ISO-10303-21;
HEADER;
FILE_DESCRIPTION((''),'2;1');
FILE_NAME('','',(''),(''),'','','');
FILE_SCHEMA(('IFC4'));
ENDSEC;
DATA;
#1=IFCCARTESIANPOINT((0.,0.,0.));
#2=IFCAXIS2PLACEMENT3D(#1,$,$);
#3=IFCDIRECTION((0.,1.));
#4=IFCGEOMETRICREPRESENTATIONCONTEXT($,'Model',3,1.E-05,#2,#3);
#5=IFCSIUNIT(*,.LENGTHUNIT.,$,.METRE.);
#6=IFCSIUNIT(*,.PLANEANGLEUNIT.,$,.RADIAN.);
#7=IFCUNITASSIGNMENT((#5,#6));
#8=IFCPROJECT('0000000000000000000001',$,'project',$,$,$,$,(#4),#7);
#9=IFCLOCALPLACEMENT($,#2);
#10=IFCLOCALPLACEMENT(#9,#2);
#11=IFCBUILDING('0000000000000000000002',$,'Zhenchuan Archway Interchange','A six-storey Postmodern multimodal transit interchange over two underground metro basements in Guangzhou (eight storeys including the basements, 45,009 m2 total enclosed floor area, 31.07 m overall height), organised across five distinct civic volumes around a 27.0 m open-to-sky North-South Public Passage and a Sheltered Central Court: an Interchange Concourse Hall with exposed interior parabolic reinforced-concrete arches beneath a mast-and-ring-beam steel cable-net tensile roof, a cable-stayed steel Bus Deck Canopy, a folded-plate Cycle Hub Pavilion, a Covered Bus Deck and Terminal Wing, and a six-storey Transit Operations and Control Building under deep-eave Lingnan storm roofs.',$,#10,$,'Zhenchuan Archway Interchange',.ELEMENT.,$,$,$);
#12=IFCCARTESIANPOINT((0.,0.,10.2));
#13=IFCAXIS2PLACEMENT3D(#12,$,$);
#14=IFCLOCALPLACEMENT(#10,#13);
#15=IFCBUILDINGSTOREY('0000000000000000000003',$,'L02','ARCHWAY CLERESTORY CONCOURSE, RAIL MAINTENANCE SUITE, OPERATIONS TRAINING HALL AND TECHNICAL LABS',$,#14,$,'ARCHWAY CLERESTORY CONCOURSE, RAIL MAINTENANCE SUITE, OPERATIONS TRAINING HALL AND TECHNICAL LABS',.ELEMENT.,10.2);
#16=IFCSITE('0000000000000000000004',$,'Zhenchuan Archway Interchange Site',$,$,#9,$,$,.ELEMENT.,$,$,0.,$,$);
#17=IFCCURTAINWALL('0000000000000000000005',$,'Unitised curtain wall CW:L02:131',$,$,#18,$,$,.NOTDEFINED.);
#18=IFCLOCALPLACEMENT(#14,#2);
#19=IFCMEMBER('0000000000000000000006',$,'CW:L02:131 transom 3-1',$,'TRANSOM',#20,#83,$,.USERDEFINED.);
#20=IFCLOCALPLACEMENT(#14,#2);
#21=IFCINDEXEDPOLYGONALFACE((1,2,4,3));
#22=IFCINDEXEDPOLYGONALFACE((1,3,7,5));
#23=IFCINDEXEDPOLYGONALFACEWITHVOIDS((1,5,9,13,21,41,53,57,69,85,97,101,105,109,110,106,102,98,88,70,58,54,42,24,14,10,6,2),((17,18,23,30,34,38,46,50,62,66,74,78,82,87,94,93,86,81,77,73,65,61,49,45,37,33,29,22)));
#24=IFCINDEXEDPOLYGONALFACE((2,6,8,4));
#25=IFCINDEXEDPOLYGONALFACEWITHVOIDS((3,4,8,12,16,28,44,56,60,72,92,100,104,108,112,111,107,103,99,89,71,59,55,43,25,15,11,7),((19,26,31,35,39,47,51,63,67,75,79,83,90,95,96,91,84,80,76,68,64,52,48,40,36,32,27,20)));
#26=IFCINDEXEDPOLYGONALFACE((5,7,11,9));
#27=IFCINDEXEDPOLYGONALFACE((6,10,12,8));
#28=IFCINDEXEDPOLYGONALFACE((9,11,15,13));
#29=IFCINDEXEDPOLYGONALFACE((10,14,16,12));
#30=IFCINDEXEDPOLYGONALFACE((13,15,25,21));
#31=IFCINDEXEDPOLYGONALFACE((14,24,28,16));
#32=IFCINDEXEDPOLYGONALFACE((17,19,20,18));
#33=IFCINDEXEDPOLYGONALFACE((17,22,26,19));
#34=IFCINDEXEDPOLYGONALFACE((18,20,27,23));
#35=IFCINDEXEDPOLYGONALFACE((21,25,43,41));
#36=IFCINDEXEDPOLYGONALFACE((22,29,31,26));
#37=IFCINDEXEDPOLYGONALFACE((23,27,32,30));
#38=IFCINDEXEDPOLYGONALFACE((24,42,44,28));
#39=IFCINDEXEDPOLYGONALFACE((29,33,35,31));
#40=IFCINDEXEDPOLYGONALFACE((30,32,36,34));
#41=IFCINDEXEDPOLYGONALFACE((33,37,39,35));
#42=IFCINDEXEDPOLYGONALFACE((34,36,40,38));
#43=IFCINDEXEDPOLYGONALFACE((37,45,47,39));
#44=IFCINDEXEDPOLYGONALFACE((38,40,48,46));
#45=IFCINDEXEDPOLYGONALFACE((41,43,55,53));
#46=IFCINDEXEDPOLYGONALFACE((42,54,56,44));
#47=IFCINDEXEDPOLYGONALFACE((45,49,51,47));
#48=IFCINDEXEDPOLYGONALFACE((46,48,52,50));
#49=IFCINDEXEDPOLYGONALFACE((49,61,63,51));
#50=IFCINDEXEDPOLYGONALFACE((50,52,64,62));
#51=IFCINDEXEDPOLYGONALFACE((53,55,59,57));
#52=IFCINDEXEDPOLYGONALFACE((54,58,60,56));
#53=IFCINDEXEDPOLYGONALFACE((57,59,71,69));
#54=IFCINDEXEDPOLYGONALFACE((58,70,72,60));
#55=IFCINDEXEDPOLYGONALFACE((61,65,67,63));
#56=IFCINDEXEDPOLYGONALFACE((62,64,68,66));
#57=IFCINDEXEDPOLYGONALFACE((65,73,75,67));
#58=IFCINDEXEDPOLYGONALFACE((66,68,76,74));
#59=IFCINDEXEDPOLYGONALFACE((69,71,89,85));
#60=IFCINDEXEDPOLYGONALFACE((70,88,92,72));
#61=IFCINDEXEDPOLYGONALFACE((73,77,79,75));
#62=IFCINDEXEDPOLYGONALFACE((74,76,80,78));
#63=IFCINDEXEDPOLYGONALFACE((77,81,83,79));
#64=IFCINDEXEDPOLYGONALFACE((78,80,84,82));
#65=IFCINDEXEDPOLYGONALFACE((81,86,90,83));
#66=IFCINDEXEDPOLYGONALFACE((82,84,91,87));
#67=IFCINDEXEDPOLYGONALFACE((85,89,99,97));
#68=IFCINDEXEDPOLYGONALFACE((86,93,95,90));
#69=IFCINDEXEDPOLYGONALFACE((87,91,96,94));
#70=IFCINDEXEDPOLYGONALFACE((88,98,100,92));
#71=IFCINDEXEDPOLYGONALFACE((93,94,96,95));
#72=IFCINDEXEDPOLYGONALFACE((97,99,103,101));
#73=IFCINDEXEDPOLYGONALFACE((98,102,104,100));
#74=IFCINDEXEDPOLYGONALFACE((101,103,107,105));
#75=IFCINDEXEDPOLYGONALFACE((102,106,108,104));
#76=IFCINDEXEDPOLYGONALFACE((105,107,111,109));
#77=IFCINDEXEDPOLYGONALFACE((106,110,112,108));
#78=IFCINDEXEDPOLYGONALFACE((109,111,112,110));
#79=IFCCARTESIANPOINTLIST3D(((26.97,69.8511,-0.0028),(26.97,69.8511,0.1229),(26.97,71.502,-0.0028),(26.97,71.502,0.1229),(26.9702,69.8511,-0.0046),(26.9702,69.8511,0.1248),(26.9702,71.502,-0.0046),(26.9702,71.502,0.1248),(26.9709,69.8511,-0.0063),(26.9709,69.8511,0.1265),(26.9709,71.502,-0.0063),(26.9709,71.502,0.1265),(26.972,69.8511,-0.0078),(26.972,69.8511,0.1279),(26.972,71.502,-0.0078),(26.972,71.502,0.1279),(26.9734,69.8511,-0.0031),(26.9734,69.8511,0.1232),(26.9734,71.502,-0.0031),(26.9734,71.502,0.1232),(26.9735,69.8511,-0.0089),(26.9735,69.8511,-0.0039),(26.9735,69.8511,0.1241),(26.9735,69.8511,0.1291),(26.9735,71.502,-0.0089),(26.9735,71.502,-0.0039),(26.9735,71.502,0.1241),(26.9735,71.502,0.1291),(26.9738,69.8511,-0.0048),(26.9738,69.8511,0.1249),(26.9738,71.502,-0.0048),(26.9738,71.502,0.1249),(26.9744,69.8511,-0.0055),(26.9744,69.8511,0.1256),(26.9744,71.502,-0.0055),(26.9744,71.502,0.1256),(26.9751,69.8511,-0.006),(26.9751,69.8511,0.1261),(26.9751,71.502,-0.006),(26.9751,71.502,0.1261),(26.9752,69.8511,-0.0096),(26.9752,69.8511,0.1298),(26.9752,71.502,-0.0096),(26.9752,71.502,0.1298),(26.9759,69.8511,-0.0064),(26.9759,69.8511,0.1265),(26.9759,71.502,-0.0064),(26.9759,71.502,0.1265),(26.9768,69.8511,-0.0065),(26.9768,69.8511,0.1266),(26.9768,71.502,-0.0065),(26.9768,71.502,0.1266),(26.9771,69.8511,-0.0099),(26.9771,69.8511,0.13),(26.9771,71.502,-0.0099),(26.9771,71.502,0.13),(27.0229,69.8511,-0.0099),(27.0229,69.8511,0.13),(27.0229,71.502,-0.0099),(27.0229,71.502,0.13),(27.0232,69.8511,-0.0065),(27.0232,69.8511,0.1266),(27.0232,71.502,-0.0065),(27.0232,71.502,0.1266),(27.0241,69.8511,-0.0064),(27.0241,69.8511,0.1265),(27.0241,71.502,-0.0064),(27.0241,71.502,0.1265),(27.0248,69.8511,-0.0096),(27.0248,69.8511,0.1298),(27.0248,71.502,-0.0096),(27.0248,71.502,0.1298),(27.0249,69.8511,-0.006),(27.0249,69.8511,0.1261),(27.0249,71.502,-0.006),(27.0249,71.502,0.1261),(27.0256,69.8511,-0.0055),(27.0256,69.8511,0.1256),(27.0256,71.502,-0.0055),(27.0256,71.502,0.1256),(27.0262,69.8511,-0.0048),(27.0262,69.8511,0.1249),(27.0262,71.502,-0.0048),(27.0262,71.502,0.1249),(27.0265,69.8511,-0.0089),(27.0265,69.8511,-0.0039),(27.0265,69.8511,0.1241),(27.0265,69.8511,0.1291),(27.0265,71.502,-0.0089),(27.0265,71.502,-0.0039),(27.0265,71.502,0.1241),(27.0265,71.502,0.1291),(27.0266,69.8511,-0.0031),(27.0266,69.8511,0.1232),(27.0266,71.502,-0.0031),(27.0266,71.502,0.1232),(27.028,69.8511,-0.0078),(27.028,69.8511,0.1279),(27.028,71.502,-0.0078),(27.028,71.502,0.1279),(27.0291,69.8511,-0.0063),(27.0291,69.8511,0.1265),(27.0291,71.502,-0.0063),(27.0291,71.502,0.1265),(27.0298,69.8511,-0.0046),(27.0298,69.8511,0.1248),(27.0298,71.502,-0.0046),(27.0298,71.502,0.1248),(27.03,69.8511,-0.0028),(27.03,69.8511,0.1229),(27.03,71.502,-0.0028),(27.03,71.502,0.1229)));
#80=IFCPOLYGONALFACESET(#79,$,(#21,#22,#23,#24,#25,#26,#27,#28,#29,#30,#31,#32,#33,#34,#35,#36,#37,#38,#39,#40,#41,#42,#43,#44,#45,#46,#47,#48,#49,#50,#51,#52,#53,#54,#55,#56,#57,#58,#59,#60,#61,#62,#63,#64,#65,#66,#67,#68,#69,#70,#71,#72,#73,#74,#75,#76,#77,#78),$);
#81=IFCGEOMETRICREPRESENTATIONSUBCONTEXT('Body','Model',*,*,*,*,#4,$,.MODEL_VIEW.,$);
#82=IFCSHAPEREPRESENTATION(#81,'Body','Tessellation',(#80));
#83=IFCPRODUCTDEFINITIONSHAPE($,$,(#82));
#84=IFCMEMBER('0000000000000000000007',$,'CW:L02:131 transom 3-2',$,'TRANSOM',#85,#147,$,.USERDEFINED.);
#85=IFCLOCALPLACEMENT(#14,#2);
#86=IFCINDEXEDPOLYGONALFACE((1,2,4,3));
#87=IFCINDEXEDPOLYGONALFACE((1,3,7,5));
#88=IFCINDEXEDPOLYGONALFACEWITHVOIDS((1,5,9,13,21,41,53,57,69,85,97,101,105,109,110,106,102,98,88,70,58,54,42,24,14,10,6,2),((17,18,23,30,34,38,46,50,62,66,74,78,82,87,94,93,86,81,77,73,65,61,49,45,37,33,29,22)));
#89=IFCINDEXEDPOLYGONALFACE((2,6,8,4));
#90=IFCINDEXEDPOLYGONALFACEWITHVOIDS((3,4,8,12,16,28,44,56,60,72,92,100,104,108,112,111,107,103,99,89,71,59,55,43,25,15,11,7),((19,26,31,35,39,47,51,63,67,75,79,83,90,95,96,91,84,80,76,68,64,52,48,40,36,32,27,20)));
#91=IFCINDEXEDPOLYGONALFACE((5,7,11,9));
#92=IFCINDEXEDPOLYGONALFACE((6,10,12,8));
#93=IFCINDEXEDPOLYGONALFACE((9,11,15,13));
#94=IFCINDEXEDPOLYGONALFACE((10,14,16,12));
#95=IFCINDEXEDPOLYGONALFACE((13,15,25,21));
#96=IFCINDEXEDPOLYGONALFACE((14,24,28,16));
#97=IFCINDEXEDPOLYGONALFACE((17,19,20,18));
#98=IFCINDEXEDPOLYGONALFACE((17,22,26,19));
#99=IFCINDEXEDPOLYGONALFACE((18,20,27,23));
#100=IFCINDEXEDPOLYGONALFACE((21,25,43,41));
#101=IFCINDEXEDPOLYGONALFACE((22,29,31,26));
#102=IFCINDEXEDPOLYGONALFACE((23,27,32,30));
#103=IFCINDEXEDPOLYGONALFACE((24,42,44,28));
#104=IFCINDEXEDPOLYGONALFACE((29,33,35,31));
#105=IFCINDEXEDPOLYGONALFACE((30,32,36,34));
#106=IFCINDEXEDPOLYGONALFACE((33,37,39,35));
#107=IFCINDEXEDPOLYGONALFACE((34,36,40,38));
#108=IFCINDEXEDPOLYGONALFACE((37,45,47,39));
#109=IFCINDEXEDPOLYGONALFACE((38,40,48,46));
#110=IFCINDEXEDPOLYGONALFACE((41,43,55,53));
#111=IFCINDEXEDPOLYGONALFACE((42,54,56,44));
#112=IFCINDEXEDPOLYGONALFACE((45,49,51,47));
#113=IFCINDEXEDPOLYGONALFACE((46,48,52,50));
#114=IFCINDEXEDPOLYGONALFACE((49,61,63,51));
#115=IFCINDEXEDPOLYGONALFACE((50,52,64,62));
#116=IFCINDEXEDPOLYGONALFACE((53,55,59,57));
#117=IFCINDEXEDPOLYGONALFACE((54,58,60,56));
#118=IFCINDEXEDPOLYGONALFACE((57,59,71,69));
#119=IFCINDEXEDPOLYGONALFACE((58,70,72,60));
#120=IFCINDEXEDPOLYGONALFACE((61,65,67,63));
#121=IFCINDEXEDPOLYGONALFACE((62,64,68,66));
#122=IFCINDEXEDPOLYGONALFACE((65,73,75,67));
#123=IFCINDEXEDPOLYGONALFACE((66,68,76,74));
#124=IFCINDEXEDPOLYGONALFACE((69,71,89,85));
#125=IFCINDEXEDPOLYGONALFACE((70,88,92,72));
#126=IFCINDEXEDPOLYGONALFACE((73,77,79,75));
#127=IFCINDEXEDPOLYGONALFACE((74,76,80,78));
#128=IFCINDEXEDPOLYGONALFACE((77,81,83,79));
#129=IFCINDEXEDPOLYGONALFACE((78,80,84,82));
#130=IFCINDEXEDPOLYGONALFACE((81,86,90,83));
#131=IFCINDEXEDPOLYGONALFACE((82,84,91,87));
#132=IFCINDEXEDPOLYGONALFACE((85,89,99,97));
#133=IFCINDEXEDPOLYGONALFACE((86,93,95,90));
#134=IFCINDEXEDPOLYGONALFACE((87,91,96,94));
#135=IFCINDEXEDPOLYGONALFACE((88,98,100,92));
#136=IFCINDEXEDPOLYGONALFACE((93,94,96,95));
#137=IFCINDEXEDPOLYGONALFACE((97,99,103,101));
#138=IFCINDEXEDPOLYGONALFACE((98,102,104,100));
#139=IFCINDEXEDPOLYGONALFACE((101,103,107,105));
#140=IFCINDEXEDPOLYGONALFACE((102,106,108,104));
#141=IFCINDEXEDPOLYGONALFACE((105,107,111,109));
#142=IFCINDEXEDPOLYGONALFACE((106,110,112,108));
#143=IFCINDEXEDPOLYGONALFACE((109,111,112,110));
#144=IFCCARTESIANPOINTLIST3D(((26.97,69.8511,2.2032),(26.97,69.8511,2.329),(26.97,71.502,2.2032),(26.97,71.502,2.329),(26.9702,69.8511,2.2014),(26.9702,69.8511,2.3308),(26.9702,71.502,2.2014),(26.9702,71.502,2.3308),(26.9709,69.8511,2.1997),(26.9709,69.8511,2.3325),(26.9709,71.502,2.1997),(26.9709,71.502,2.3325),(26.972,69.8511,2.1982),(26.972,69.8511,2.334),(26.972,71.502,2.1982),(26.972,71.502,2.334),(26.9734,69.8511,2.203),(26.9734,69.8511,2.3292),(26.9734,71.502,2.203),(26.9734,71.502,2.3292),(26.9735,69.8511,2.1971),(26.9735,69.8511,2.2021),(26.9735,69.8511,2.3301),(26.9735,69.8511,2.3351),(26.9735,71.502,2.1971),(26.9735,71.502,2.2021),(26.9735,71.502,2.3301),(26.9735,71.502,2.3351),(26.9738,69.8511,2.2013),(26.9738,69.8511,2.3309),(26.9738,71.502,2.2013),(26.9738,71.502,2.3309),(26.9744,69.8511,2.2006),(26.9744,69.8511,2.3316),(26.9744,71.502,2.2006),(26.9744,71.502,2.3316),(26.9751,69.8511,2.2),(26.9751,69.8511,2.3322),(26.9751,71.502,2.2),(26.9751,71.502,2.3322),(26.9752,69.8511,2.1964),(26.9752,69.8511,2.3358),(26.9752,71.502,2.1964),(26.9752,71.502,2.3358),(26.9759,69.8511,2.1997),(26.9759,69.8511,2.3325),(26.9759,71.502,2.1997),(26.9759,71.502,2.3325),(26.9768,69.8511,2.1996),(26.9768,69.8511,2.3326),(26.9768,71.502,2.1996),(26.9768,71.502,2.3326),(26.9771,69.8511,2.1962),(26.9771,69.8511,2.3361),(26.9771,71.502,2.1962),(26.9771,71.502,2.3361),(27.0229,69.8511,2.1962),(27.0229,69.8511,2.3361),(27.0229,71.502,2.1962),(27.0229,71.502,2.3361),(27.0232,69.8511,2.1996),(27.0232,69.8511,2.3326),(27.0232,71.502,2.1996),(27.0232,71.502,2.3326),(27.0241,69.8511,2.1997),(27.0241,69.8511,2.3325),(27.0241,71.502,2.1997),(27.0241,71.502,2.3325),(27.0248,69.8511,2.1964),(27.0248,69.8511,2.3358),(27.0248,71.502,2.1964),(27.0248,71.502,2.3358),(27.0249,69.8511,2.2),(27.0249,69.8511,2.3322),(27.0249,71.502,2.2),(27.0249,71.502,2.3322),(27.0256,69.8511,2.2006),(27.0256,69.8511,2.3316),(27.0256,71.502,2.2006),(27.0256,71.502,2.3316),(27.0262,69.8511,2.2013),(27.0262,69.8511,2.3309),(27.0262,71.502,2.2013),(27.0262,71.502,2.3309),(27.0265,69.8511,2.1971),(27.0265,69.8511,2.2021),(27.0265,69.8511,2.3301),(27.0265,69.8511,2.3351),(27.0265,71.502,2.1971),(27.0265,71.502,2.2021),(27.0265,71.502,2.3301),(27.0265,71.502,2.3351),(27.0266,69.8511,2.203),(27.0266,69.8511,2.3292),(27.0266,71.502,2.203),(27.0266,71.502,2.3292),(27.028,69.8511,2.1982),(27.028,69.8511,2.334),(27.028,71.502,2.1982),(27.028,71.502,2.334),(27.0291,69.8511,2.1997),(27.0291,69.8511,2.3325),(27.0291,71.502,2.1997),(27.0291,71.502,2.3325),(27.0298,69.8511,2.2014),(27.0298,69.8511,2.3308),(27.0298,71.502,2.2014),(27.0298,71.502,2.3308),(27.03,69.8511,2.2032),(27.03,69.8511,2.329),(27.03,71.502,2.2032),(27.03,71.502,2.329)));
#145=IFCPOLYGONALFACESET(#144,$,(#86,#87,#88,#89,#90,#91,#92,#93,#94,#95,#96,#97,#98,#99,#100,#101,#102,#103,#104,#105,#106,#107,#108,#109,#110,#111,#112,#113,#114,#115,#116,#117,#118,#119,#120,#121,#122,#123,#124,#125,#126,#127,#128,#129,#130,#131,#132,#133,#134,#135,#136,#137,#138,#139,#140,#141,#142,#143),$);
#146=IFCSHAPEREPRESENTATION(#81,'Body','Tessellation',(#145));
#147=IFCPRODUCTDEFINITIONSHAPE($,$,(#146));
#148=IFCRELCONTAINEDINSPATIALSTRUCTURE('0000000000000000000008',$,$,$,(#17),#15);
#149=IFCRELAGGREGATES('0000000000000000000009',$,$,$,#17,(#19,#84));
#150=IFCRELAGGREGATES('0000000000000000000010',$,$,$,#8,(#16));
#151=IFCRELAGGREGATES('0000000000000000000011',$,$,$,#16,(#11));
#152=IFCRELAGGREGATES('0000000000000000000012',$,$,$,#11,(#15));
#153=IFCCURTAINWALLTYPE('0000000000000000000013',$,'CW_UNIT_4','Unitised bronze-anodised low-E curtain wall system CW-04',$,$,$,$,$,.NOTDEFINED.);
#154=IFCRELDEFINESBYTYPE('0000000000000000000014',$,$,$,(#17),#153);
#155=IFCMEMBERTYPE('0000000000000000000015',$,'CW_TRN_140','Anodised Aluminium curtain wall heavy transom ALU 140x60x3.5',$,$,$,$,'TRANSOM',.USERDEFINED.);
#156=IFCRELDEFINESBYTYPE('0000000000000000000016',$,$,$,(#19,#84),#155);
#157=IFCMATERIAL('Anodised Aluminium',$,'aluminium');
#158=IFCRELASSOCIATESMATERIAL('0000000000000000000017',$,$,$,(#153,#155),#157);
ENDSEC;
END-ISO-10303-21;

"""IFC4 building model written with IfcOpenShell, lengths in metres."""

from ifc_helpers import new_model, si_unit, direction, frame, origin, origin_2d, place, context, subcontext, project, spatial, hollow_rectangle, extrude, material, material_profile, profile_set, type_object, element, aggregate, save


model = new_model("IFC4")

# Units and contexts
model_context = context("Model", 3, precision=1e-05, world=origin(), true_north=direction((0.0, 1.0)))
body_context = subcontext(model_context, "Body", "Model", "MODEL_VIEW")
ifc_project = project(units=[si_unit("LENGTHUNIT", "METRE"), si_unit("PLANEANGLEUNIT", "RADIAN")], contexts=[model_context])

# Site, building, storey
site_placement = place(None, origin())
site = spatial("IfcSite", under=ifc_project, at=site_placement, Name="Zhenchuan Archway Interchange Site", CompositionType="ELEMENT", RefElevation=0.0)
building_placement = place(site_placement, origin())
building = spatial("IfcBuilding", under=site, at=building_placement, Name="Zhenchuan Archway Interchange", Description="A six-storey Postmodern multimodal transit interchange over two underground metro basements in Guangzhou (eight storeys including the basements, 45,009 m2 total enclosed floor area, 31.07 m overall height), organised across five distinct civic volumes around a 27.0 m open-to-sky North-South Public Passage and a Sheltered Central Court: an Interchange Concourse Hall with exposed interior parabolic reinforced-concrete arches beneath a mast-and-ring-beam steel cable-net tensile roof, a cable-stayed steel Bus Deck Canopy, a folded-plate Cycle Hub Pavilion, a Covered Bus Deck and Terminal Wing, and a six-storey Transit Operations and Control Building under deep-eave Lingnan storm roofs.", LongName="Zhenchuan Archway Interchange", CompositionType="ELEMENT")
storey_placement = place(building_placement, frame((0.0, 0.0, 10.2)))
storey = spatial("IfcBuildingStorey", under=building, at=storey_placement, Name="L02", Description="ARCHWAY CLERESTORY CONCOURSE, RAIL MAINTENANCE SUITE, OPERATIONS TRAINING HALL AND TECHNICAL LABS", LongName="ARCHWAY CLERESTORY CONCOURSE, RAIL MAINTENANCE SUITE, OPERATIONS TRAINING HALL AND TECHNICAL LABS", CompositionType="ELEMENT", Elevation=10.2)

# Curtain wall, members
ifc_material_1 = material(Name="Anodised Aluminium", Category="aluminium")
curtain_wall_type = type_object("IfcCurtainWallType", Name="CW_UNIT_4", Description="Unitised bronze-anodised low-E curtain wall system CW-04", PredefinedType="NOTDEFINED", material=ifc_material_1)
curtain_wall_placement = place(storey_placement, origin())
curtain_wall = element("IfcCurtainWall", 1, at=curtain_wall_placement, inside=storey, type_object=curtain_wall_type, Name="Unitised curtain wall CW:L02:131", PredefinedType="NOTDEFINED")
ifc_material_profile_1 = material_profile(ifc_material_1, hollow_rectangle(XDim=0.0601, YDim=0.1399, WallThickness=0.0034, InnerFilletRadius=0.0034, OuterFilletRadius=0.0071, at=origin_2d()), Name="ALU 140x60x3.5")
ifc_profile_set_1 = profile_set([ifc_material_profile_1], Name="Anodised Aluminium")
member_type_1 = type_object("IfcMemberType", Name="CW_TRN_140", Description="Anodised Aluminium curtain wall heavy transom ALU 140x60x3.5", ElementType="TRANSOM", PredefinedType="USERDEFINED", material=ifc_profile_set_1)
member_1_placement = place(storey_placement, frame((27.0, 69.8511, 0.0601), z_axis=(0.0, 1.0, 0.0), x_axis=(-1.0, 0.0, 0.0)))
member_1 = element("IfcMember", 2, at=member_1_placement, type_object=member_type_1, Name="CW:L02:131 transom 3-1", ObjectType="TRANSOM", PredefinedType="USERDEFINED", context=body_context, shape_type="SweptSolid", body=[
    extrude(hollow_rectangle(XDim=0.0601, YDim=0.1399, WallThickness=0.0034, InnerFilletRadius=0.0034, OuterFilletRadius=0.0071, at=origin_2d()), origin(), (0.0, 0.0, 1.0), 1.6509),
])
member_2_placement = place(storey_placement, frame((27.0, 69.8511, 2.2661), z_axis=(0.0, 1.0, 0.0), x_axis=(-1.0, 0.0, 0.0)))
member_2 = element("IfcMember", 3, at=member_2_placement, type_object=member_type_1, Name="CW:L02:131 transom 3-2", ObjectType="TRANSOM", PredefinedType="USERDEFINED", context=body_context, shape_type="SweptSolid", body=[
    extrude(hollow_rectangle(XDim=0.0601, YDim=0.1399, WallThickness=0.0034, InnerFilletRadius=0.0034, OuterFilletRadius=0.0071, at=origin_2d()), origin(), (0.0, 0.0, 1.0), 1.6509),
])
aggregate(curtain_wall, [member_1, member_2])

save(model, "model.ifc")
